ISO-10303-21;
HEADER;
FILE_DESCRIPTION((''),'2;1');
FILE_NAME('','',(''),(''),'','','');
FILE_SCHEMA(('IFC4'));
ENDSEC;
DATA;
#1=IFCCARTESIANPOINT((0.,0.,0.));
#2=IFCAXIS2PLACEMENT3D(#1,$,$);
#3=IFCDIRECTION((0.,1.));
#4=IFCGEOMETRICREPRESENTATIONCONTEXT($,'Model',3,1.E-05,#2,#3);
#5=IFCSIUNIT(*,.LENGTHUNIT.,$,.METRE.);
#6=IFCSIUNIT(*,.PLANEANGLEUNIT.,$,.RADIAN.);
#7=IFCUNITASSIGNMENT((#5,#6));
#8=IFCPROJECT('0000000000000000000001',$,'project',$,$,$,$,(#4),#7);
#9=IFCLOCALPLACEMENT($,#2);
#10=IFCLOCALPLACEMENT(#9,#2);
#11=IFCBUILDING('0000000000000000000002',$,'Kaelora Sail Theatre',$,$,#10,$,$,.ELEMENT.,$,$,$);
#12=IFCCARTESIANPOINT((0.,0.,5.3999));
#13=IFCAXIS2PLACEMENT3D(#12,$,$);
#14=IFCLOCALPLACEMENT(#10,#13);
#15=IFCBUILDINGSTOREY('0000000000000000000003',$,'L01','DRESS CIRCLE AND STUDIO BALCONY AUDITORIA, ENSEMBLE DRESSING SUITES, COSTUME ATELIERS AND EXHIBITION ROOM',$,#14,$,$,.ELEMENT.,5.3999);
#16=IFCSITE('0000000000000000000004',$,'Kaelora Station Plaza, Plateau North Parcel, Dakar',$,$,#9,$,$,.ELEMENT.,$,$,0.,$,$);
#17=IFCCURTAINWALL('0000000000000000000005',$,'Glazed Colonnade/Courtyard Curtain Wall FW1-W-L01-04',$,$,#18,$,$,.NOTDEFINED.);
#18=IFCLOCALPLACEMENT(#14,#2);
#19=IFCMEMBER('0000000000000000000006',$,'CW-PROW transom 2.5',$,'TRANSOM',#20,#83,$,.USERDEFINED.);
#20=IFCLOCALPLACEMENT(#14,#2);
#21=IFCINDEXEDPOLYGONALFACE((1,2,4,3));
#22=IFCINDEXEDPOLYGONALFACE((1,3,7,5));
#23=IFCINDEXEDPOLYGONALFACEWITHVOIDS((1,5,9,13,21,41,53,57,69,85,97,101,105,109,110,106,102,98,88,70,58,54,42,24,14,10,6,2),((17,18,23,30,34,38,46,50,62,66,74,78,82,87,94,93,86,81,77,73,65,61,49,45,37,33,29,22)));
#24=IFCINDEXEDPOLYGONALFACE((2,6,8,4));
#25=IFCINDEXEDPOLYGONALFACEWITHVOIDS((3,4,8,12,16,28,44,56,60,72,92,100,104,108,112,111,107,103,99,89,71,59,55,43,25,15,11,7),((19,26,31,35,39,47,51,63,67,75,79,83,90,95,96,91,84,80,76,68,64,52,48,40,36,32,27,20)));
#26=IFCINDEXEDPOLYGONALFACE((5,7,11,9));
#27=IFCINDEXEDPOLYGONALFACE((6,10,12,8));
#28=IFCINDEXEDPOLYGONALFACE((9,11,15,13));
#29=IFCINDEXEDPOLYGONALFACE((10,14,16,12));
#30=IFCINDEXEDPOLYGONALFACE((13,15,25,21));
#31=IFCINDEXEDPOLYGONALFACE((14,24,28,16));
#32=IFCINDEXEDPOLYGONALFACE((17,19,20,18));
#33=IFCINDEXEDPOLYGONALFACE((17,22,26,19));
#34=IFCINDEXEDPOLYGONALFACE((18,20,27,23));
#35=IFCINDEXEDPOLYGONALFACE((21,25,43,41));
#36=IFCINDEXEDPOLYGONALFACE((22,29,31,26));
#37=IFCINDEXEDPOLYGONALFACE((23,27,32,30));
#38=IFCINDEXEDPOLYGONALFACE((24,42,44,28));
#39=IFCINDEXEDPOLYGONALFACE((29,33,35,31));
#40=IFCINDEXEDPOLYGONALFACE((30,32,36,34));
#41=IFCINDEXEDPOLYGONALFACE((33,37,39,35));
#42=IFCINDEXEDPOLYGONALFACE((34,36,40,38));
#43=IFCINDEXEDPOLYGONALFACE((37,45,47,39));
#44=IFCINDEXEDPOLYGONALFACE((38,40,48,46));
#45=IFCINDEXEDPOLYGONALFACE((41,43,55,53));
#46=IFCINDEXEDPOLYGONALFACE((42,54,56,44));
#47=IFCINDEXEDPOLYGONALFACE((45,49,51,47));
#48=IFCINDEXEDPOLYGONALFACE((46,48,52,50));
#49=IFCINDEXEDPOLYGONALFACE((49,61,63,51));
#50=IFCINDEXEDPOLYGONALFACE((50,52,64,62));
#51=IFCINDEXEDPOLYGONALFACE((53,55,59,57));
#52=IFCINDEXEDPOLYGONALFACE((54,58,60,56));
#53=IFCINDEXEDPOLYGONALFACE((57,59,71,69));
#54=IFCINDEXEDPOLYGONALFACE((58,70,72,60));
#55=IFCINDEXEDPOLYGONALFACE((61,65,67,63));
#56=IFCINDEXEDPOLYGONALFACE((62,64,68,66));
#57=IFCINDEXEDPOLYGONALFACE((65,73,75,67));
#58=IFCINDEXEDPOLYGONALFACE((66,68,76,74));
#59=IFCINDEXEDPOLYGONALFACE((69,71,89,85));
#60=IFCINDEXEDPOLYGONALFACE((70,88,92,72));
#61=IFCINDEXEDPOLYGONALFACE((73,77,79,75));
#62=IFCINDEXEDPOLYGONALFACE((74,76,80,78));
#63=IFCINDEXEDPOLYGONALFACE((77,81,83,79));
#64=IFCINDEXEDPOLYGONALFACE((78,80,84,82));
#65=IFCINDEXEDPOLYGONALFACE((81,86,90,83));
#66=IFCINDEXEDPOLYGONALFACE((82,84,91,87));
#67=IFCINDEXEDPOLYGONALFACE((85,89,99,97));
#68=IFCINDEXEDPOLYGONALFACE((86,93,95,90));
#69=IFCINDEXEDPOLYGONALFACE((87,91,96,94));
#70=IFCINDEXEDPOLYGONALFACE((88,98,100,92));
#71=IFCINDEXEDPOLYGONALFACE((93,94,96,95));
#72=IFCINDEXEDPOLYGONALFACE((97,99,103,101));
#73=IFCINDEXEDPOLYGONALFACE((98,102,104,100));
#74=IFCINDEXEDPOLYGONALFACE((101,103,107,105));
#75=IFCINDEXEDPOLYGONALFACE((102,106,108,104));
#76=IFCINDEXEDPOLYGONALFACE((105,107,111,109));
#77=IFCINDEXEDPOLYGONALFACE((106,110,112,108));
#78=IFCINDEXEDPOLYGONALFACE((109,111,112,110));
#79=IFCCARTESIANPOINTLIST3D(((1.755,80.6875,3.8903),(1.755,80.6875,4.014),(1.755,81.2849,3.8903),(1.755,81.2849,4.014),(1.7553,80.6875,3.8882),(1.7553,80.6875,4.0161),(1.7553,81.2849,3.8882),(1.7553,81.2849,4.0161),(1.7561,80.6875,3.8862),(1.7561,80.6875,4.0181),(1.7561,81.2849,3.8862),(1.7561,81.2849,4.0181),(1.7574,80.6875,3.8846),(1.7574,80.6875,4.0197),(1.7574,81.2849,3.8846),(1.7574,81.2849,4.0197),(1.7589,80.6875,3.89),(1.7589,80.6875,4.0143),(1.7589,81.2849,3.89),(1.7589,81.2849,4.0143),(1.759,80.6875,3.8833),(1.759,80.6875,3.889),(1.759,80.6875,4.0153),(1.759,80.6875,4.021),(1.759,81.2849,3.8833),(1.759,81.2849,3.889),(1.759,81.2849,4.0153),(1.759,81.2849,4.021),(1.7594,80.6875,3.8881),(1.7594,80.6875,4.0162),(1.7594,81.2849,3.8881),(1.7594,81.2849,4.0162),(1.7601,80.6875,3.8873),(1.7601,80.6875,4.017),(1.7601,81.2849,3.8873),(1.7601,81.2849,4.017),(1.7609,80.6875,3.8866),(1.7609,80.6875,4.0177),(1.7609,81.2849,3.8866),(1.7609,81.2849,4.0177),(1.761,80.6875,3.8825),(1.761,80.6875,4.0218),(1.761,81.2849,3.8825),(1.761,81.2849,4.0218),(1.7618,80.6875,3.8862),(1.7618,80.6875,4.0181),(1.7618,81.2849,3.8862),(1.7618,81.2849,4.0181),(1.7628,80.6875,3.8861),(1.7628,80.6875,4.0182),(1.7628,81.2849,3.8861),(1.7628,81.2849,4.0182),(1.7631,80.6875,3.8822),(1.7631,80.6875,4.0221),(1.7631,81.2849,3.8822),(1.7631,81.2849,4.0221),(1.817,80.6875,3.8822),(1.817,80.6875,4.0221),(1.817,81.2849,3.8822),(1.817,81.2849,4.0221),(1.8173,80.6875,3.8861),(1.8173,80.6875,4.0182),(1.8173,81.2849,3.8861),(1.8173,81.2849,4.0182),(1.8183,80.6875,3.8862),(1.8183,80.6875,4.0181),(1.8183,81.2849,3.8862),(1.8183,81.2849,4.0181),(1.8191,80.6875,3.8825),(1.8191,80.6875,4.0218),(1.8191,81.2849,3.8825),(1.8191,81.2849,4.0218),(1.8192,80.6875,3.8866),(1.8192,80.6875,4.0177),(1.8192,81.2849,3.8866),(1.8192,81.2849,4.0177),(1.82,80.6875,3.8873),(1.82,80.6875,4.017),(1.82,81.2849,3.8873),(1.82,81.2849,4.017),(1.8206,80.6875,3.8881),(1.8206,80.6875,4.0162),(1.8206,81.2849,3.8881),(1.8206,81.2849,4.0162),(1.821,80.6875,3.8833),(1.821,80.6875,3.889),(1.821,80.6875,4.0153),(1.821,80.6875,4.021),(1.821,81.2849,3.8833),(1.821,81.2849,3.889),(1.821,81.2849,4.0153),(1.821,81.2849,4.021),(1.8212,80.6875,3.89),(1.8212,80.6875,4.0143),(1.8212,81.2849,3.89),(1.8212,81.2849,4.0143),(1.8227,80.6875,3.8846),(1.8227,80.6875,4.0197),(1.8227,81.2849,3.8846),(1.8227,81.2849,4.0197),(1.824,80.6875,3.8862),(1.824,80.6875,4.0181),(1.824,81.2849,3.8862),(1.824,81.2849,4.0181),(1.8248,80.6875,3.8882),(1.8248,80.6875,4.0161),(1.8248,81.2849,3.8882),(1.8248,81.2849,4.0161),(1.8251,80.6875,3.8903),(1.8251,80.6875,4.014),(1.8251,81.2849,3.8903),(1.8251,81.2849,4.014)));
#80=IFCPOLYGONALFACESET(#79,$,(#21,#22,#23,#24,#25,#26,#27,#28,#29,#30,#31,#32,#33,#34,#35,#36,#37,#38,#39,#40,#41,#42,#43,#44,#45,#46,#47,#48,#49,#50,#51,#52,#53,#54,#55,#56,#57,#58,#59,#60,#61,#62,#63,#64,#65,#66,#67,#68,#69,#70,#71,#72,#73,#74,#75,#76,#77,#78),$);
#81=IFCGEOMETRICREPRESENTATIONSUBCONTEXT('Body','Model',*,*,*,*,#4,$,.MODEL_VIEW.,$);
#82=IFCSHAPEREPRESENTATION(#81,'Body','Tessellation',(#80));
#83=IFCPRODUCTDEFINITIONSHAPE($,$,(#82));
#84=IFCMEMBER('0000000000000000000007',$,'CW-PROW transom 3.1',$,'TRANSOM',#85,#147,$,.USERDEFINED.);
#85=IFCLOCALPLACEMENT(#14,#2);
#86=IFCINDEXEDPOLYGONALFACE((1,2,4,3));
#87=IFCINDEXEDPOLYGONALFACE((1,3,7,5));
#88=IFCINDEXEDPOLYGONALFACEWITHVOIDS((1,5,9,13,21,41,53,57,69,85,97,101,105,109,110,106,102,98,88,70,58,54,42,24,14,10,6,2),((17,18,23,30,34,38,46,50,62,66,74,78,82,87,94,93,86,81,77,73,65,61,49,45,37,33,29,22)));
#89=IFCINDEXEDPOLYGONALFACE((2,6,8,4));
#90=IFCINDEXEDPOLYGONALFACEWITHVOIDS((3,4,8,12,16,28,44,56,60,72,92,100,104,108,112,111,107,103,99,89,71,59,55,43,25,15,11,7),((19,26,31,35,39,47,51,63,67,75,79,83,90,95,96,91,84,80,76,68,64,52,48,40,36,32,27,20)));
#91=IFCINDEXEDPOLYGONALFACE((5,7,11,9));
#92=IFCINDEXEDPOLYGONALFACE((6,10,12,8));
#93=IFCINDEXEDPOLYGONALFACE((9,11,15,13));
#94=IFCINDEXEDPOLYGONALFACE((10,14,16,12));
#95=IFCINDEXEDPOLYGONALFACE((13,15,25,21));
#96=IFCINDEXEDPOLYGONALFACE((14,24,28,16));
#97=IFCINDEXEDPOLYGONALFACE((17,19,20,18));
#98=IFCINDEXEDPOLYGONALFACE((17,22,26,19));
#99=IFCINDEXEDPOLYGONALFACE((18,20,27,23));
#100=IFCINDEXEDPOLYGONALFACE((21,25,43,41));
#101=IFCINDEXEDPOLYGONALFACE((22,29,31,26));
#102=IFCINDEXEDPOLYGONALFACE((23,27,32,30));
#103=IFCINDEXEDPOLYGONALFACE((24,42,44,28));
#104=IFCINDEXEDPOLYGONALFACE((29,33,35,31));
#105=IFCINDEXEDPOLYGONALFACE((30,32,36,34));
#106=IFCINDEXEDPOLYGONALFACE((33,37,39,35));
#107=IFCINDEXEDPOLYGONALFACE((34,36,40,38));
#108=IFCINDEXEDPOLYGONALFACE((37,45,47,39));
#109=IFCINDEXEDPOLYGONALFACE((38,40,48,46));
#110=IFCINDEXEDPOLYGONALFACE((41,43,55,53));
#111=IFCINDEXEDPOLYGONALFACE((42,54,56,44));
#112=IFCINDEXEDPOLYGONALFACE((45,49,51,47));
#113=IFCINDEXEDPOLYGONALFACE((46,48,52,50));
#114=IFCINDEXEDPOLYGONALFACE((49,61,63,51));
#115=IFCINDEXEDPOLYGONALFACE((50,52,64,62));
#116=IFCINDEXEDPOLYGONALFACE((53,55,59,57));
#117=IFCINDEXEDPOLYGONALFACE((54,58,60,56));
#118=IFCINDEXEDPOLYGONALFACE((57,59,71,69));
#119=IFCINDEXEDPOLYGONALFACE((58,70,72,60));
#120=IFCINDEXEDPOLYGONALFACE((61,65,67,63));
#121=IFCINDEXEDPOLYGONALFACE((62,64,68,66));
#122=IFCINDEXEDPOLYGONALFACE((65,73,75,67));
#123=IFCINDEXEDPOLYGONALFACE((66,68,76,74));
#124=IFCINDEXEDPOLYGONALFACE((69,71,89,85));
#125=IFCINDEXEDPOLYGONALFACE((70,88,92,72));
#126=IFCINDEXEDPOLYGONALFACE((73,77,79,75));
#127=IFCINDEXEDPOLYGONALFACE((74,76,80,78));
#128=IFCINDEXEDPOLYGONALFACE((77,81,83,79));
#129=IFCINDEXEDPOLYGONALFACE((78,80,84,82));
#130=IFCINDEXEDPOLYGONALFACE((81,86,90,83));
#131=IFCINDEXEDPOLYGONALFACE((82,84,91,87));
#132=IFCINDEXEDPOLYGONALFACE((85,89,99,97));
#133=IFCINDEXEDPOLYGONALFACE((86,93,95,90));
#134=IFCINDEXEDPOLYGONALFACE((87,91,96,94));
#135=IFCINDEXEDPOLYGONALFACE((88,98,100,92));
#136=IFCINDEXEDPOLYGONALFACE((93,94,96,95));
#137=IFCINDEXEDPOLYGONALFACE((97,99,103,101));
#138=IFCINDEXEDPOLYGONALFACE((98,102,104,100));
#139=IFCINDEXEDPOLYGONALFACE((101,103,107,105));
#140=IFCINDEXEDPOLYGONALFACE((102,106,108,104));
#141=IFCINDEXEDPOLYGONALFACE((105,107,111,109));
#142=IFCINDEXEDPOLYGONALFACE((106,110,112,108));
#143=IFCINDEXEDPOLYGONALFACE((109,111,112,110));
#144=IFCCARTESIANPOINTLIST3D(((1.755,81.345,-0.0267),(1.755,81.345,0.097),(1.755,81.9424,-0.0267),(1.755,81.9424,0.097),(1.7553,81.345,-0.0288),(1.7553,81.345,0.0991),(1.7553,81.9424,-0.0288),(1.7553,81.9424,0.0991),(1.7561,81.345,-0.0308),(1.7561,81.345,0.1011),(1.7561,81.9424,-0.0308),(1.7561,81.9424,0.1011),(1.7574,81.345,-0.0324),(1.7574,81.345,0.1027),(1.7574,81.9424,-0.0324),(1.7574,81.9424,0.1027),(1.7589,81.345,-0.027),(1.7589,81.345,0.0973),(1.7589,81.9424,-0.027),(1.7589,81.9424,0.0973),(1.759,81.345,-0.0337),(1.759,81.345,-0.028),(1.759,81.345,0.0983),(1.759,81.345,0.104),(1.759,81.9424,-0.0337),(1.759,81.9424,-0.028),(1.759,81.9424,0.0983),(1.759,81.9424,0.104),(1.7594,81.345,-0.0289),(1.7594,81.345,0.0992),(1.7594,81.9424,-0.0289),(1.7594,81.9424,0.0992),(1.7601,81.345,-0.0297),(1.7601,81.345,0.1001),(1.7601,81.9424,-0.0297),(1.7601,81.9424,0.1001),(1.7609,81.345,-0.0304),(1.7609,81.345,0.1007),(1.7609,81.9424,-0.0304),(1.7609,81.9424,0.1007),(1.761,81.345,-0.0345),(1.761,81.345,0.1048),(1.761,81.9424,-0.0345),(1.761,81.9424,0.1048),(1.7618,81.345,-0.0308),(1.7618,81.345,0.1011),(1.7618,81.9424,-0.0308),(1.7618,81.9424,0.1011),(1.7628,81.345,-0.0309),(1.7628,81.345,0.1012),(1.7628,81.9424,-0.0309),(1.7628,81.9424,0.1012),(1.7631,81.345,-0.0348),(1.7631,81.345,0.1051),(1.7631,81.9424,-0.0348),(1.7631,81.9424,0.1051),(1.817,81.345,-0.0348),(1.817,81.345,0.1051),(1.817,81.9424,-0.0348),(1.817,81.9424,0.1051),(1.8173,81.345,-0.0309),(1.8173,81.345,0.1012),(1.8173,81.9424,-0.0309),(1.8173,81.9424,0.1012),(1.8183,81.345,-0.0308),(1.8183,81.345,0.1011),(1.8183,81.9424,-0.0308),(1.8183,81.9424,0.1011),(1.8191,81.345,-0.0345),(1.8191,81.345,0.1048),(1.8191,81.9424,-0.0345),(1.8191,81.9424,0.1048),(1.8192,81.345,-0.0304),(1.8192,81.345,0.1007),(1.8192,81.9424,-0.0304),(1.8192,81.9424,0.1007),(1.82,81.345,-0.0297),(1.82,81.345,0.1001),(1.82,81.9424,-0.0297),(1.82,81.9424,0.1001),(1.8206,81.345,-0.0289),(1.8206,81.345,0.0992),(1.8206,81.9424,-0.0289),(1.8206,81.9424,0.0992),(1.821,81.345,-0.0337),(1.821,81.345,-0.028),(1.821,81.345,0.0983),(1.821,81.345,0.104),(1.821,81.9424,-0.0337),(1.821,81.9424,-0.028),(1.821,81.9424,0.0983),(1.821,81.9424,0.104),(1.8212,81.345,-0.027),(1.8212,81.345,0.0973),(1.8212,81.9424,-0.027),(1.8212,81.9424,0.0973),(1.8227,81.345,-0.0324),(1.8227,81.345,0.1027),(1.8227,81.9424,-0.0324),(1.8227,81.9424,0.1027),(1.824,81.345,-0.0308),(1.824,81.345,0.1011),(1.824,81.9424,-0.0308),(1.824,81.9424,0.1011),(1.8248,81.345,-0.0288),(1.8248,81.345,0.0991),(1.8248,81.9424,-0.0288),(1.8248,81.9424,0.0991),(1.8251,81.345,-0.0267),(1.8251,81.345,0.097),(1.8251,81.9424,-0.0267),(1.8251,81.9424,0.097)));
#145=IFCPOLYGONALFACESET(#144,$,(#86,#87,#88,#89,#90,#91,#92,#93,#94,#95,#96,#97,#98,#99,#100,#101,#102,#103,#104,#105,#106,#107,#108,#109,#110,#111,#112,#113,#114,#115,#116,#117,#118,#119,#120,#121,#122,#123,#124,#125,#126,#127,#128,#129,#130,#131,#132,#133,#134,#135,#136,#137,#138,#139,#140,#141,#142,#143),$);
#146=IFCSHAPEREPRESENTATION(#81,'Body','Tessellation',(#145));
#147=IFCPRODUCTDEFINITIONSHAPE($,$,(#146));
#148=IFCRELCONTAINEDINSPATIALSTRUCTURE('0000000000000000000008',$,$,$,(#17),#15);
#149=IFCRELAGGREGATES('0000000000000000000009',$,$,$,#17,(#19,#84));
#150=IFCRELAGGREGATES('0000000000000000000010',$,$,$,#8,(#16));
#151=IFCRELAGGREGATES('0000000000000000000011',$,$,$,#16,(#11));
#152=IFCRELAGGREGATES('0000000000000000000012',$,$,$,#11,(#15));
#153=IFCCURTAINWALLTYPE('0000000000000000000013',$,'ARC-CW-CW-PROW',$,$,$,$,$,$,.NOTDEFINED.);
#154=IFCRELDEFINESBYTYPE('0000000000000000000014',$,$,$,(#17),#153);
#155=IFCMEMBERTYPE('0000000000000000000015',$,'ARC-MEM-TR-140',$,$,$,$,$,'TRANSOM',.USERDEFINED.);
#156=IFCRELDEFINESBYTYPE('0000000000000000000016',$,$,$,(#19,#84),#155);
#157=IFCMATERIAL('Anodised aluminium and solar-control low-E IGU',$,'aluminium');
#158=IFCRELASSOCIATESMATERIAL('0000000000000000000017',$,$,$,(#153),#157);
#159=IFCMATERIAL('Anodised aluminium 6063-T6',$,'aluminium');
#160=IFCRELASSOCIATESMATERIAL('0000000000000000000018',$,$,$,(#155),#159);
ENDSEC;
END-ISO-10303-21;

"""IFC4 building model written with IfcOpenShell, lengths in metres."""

from ifc_helpers import new_model, si_unit, direction, frame, origin, origin_2d, place, context, subcontext, project, spatial, hollow_rectangle, extrude, material, material_profile, profile_set, type_object, element, aggregate, save


model = new_model("IFC4")

# Units and contexts
model_context = context("Model", 3, precision=1e-05, world=origin(), true_north=direction((0.0, 1.0)))
body_context = subcontext(model_context, "Body", "Model", "MODEL_VIEW")
ifc_project = project(units=[si_unit("LENGTHUNIT", "METRE"), si_unit("PLANEANGLEUNIT", "RADIAN")], contexts=[model_context])

# Site, building, storey
site_placement = place(None, origin())
site = spatial("IfcSite", under=ifc_project, at=site_placement, Name="Kaelora Station Plaza, Plateau North Parcel, Dakar", CompositionType="ELEMENT", RefElevation=0.0)
building_placement = place(site_placement, origin())
building = spatial("IfcBuilding", under=site, at=building_placement, Name="Kaelora Sail Theatre", CompositionType="ELEMENT")
storey_placement = place(building_placement, frame((0.0, 0.0, 5.3999)))
storey = spatial("IfcBuildingStorey", under=building, at=storey_placement, Name="L01", Description="DRESS CIRCLE AND STUDIO BALCONY AUDITORIA, ENSEMBLE DRESSING SUITES, COSTUME ATELIERS AND EXHIBITION ROOM", CompositionType="ELEMENT", Elevation=5.3999)

# Curtain wall, members
ifc_material_1 = material(Name="Anodised aluminium and solar-control low-E IGU", Category="aluminium")
curtain_wall_type = type_object("IfcCurtainWallType", Name="ARC-CW-CW-PROW", PredefinedType="NOTDEFINED", material=ifc_material_1)
curtain_wall_placement = place(storey_placement, origin())
curtain_wall = element("IfcCurtainWall", 1, at=curtain_wall_placement, inside=storey, type_object=curtain_wall_type, Name="Glazed Colonnade/Courtyard Curtain Wall FW1-W-L01-04", PredefinedType="NOTDEFINED")
ifc_material_2 = material(Name="Anodised aluminium 6063-T6", Category="aluminium")
ifc_material_profile_1 = material_profile(ifc_material_2, hollow_rectangle(XDim=0.0701, YDim=0.1399, WallThickness=0.0039, InnerFilletRadius=0.0039, OuterFilletRadius=0.0081, at=origin_2d()), Name="ALU-TRAN 70x140x4")
ifc_profile_set_1 = profile_set([ifc_material_profile_1], Name="Anodised aluminium 6063-T6")
member_type_1 = type_object("IfcMemberType", Name="ARC-MEM-TR-140", ElementType="TRANSOM", PredefinedType="USERDEFINED", material=ifc_profile_set_1)
member_1_placement = place(storey_placement, frame((1.79, 80.6875, 3.9521), z_axis=(0.0, 1.0, 0.0), x_axis=(-1.0, 0.0, 0.0)))
member_1 = element("IfcMember", 2, at=member_1_placement, type_object=member_type_1, Name="CW-PROW transom 2.5", ObjectType="TRANSOM", PredefinedType="USERDEFINED", context=body_context, shape_type="SweptSolid", body=[
    extrude(hollow_rectangle(XDim=0.0701, YDim=0.1399, WallThickness=0.0039, InnerFilletRadius=0.0039, OuterFilletRadius=0.0081, at=origin_2d()), origin(), (0.0, 0.0, 1.0), 0.5974),
])
member_2_placement = place(storey_placement, frame((1.79, 81.345, 0.0352), z_axis=(0.0, 1.0, 0.0), x_axis=(-1.0, 0.0, 0.0)))
member_2 = element("IfcMember", 3, at=member_2_placement, type_object=member_type_1, Name="CW-PROW transom 3.1", ObjectType="TRANSOM", PredefinedType="USERDEFINED", context=body_context, shape_type="SweptSolid", body=[
    extrude(hollow_rectangle(XDim=0.0701, YDim=0.1399, WallThickness=0.0039, InnerFilletRadius=0.0039, OuterFilletRadius=0.0081, at=origin_2d()), origin(), (0.0, 0.0, 1.0), 0.5974),
])

aggregate(curtain_wall, [member_1, member_2])

save(model, "model.ifc")
